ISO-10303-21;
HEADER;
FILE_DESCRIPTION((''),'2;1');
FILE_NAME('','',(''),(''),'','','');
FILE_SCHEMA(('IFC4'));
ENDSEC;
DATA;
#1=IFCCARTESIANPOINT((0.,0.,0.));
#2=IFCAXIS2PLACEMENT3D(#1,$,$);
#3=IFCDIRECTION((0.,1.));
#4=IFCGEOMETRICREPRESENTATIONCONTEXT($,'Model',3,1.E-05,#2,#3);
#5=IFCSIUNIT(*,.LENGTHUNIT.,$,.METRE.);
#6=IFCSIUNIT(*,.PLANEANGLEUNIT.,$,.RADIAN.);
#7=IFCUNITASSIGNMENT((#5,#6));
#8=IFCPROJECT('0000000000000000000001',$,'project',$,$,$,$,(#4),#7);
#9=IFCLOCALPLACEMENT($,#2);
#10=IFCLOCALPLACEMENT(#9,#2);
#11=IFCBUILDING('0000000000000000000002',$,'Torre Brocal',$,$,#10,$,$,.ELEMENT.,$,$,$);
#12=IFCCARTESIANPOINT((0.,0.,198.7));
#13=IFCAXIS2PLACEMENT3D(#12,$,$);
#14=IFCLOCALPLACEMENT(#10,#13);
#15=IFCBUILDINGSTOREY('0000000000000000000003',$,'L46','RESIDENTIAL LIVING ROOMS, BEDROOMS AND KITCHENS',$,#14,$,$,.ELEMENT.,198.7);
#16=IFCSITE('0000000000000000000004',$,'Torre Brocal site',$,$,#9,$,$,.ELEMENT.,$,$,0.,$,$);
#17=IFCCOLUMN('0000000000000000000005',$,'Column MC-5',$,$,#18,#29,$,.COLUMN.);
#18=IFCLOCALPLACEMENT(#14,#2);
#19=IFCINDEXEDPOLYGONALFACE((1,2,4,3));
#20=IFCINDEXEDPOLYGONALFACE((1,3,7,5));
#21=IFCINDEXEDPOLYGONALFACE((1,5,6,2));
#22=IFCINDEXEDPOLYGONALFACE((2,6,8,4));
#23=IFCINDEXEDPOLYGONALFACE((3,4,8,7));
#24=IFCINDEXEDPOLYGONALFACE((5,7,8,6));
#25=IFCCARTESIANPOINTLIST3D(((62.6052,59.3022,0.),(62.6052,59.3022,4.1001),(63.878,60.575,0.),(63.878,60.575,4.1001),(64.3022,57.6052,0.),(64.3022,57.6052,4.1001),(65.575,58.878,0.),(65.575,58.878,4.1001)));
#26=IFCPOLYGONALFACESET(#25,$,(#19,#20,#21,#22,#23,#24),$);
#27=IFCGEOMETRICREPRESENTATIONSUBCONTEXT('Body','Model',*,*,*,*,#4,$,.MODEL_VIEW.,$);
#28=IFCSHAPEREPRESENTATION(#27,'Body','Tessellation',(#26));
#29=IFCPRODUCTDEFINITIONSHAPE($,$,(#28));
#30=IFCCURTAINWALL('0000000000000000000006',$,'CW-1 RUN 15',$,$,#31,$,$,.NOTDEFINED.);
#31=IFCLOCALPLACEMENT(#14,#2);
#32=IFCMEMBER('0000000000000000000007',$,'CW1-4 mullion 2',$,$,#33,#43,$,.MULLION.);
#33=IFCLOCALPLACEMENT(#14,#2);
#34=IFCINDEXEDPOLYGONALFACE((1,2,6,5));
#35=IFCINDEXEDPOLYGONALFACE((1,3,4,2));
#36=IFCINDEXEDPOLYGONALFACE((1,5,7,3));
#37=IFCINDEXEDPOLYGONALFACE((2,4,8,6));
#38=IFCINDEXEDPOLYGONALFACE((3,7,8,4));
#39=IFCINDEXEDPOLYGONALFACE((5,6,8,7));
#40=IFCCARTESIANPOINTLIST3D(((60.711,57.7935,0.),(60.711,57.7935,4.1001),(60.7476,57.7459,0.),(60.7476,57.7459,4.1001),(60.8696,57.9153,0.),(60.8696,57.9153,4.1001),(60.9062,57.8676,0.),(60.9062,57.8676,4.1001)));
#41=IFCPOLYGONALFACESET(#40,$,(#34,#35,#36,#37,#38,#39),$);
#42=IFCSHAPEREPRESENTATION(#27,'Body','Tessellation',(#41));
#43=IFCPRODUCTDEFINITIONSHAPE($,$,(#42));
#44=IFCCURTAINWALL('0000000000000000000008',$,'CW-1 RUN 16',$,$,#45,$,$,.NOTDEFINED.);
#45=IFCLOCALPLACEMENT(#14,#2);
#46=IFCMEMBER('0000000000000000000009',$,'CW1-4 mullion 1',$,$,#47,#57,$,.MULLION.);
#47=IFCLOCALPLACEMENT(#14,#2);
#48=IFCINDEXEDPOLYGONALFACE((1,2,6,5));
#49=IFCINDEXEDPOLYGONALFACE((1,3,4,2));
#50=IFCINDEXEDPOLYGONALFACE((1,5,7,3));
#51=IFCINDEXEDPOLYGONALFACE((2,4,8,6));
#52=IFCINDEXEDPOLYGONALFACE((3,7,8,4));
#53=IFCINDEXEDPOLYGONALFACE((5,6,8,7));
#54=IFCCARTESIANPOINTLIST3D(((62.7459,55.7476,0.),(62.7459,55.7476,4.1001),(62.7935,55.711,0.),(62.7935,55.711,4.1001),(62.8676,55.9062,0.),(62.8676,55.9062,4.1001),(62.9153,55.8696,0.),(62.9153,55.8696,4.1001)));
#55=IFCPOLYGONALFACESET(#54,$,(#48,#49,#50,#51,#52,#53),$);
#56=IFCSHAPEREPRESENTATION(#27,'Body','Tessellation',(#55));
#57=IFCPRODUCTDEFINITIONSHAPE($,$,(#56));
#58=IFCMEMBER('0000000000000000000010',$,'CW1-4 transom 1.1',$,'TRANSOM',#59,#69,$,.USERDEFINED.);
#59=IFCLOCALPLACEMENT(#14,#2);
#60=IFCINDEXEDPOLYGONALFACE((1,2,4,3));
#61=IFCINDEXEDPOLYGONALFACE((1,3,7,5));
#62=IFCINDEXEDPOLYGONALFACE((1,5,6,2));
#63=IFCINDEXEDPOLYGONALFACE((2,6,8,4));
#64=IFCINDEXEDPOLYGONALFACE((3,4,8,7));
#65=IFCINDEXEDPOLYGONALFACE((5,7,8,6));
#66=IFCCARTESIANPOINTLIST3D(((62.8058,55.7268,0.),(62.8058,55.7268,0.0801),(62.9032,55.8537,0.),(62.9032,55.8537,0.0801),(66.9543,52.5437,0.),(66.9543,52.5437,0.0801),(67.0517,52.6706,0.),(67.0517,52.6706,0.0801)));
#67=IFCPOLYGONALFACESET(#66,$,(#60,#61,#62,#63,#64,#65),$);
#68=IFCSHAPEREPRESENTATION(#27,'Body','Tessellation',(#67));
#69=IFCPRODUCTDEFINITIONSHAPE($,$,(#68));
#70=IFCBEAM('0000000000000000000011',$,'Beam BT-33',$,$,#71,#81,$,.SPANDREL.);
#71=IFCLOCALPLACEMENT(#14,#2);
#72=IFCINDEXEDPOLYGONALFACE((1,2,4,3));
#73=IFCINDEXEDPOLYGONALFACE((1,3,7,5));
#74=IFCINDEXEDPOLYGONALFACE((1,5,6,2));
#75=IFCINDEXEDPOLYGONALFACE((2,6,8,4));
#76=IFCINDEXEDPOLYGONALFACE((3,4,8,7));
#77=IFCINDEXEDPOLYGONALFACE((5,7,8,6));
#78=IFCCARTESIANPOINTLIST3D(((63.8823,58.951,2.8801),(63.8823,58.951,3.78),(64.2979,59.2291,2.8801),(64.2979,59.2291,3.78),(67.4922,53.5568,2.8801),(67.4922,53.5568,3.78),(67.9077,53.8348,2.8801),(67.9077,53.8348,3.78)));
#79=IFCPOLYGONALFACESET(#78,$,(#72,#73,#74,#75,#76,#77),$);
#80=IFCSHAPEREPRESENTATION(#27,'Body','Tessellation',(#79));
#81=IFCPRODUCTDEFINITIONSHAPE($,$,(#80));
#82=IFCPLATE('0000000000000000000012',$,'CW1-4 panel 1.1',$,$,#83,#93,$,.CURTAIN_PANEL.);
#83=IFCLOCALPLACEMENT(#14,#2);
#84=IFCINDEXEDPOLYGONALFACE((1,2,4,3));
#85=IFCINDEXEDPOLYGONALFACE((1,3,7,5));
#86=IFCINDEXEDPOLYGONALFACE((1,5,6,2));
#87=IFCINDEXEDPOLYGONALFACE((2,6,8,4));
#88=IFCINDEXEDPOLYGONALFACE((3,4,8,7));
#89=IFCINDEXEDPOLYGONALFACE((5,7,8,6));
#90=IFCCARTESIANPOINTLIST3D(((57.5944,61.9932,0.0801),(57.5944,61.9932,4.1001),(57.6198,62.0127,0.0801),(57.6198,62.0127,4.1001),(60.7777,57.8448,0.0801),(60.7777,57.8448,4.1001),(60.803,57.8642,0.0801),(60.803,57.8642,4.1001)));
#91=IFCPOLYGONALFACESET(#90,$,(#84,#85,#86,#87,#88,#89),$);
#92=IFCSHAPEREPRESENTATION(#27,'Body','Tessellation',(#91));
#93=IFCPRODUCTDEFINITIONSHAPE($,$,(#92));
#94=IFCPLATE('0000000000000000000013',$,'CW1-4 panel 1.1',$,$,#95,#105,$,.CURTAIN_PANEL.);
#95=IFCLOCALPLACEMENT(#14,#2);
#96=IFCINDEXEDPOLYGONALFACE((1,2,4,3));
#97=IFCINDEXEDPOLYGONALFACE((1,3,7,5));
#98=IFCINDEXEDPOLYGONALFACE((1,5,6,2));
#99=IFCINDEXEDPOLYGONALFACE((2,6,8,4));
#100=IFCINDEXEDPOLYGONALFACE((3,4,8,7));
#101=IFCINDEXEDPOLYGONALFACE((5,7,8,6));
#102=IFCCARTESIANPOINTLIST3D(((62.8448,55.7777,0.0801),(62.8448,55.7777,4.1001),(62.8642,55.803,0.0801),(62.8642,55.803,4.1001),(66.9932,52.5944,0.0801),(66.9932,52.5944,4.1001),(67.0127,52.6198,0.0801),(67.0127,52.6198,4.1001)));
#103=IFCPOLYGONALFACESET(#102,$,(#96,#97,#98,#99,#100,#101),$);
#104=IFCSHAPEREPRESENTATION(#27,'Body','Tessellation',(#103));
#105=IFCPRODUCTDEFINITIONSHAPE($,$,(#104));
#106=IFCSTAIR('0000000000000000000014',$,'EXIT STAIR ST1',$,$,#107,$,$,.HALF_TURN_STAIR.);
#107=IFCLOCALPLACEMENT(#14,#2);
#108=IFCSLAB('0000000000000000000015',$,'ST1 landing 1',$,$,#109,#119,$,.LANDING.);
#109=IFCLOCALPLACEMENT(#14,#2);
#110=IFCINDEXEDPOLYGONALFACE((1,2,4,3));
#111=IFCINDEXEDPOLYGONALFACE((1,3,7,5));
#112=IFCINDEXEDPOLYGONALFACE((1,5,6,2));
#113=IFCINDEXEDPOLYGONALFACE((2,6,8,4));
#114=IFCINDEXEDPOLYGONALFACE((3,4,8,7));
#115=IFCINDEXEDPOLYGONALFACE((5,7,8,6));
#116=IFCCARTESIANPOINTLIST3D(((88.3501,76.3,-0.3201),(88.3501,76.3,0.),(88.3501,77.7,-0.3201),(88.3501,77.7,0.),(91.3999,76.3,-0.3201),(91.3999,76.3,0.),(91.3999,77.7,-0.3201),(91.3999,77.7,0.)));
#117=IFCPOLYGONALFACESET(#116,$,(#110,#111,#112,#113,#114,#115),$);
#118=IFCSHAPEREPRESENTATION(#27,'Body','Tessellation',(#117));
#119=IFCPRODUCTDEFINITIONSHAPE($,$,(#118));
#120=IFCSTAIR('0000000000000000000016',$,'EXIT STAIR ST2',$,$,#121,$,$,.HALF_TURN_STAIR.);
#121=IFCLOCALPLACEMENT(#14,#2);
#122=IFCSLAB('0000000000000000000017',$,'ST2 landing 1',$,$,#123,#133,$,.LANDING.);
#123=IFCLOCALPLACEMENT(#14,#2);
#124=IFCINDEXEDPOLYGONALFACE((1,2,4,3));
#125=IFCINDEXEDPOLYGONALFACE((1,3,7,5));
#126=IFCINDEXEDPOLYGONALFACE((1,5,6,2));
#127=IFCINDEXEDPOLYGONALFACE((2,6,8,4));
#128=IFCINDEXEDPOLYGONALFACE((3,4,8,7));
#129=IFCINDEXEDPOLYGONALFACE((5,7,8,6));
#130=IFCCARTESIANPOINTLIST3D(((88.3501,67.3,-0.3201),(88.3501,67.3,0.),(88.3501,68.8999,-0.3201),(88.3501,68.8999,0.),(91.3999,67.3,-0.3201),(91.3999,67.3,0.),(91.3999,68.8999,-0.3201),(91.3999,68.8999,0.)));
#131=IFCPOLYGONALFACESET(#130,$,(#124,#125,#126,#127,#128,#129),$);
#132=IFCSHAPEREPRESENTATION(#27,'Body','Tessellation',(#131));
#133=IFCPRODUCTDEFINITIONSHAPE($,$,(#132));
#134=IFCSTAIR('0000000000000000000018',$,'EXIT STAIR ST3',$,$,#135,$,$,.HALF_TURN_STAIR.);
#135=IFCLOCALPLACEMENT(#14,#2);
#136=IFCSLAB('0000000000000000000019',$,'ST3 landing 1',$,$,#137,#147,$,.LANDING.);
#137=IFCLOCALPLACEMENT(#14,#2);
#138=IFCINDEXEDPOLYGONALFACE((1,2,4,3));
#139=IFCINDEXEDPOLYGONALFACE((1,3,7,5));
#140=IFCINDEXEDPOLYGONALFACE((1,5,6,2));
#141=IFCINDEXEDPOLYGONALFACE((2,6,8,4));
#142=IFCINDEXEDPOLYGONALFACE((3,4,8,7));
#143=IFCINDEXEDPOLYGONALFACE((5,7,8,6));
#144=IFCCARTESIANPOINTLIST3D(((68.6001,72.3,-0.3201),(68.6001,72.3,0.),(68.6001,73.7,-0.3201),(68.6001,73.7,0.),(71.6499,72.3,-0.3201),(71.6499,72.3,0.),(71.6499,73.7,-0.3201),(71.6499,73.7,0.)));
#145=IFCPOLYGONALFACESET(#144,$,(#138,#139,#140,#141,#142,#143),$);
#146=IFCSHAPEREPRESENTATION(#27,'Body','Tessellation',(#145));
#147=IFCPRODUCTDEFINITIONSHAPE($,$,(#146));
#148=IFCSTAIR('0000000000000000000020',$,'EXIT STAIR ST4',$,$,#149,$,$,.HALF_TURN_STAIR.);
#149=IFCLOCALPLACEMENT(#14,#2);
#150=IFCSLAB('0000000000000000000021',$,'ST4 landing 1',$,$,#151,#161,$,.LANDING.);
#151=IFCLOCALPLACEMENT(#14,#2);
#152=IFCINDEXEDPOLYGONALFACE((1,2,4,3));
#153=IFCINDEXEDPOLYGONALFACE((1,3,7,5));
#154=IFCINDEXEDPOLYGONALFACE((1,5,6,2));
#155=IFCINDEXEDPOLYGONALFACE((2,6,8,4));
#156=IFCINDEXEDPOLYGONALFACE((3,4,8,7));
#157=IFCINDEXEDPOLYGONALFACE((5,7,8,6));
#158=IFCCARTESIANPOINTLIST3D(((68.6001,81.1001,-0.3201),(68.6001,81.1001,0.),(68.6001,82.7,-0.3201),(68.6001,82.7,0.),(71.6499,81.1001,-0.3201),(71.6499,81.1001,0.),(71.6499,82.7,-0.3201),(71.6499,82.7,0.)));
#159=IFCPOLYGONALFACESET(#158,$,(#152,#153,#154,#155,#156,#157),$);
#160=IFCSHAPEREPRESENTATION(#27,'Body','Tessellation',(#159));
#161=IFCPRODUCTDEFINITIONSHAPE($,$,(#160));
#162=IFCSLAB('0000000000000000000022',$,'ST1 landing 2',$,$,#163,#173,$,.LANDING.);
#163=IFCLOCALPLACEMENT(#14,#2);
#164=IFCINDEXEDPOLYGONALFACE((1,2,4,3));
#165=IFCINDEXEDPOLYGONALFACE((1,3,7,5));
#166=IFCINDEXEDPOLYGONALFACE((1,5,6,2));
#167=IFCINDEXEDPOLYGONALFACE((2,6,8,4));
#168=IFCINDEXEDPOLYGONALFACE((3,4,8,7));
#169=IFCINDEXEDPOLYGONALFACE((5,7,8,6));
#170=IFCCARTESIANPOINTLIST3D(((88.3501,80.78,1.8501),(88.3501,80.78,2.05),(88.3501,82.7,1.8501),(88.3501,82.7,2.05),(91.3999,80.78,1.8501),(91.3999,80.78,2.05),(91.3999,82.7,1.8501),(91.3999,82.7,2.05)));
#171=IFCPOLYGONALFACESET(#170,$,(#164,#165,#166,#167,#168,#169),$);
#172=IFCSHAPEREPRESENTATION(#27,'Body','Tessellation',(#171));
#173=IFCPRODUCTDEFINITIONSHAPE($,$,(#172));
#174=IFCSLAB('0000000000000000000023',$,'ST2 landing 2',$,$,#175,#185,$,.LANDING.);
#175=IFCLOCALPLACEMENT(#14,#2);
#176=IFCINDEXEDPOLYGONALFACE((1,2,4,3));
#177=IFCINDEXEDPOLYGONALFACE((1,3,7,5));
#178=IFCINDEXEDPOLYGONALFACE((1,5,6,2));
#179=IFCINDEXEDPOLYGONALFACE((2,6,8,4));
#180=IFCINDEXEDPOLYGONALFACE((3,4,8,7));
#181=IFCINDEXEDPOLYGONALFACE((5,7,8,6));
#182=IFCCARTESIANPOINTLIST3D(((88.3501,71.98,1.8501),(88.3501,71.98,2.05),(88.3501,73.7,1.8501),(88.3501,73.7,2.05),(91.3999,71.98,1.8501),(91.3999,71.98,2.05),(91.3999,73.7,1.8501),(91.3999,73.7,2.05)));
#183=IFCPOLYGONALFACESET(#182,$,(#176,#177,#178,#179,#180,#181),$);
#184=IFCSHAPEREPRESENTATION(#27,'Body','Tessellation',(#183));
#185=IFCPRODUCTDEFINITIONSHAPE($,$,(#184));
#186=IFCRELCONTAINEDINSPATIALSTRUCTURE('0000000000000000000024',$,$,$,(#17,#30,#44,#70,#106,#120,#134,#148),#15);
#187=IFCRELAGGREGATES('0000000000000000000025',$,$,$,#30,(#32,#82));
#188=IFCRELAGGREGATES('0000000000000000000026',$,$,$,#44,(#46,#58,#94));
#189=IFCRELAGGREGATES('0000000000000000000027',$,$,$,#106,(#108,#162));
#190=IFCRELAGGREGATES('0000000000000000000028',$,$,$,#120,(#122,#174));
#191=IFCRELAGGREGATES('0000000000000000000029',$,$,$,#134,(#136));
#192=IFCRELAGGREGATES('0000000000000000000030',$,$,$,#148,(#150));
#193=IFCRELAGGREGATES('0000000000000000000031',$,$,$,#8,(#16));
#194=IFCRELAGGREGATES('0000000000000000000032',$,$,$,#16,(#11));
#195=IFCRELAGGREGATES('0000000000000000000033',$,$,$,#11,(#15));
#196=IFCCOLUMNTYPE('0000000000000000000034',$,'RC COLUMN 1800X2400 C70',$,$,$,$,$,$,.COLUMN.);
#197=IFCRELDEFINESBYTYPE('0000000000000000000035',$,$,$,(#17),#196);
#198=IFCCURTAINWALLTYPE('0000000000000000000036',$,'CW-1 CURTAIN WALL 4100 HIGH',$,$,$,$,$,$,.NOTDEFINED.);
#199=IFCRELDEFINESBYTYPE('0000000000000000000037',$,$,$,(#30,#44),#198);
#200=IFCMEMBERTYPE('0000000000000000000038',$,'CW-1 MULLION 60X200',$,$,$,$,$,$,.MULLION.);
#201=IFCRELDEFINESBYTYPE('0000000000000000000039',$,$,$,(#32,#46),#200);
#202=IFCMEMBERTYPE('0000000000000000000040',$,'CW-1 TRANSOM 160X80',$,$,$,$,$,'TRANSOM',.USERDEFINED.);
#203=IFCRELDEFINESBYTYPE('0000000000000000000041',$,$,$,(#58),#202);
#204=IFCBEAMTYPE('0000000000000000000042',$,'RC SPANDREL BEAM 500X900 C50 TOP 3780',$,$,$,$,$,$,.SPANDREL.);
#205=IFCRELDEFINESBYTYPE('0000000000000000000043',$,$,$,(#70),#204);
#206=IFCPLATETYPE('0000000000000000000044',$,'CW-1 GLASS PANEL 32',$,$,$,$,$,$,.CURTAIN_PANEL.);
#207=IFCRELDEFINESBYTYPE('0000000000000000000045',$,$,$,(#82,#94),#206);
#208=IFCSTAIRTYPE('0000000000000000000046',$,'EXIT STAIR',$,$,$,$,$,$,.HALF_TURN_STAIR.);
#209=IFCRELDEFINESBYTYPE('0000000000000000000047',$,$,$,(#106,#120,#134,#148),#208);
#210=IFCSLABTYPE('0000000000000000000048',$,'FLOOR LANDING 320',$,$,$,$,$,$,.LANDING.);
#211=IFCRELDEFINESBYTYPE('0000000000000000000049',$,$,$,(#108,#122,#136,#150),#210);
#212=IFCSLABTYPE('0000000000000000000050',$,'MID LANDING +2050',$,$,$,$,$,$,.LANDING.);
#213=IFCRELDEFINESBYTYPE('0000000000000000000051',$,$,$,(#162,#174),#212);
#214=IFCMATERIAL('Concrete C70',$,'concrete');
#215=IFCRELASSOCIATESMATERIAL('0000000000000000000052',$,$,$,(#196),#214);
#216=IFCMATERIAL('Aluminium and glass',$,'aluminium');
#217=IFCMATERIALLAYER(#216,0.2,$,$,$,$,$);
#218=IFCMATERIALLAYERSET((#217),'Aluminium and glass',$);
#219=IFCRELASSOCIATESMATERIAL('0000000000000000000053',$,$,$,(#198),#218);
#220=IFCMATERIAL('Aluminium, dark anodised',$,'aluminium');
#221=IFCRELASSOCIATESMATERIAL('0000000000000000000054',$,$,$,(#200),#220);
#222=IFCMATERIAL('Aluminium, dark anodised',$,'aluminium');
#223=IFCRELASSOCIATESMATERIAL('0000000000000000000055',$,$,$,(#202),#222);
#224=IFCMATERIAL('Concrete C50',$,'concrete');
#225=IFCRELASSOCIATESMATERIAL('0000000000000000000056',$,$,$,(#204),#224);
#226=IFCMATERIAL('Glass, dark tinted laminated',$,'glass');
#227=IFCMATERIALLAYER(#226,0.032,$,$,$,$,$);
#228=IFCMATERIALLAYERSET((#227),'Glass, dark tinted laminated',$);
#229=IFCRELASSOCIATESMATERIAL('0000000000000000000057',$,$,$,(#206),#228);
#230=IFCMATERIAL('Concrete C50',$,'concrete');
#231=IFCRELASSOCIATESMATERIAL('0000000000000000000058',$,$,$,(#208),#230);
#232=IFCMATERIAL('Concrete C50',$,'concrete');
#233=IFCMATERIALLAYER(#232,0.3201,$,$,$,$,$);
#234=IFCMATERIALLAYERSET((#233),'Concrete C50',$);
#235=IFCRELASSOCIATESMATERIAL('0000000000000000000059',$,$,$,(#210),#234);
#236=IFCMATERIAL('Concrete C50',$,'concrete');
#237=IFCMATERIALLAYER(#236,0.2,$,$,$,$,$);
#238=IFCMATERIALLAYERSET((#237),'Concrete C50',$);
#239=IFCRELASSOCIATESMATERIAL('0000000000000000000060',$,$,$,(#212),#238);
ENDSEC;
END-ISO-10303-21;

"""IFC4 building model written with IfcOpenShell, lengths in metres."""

from ifc_helpers import new_model, si_unit, direction, frame, origin, origin_2d, place, context, subcontext, project, spatial, polyline, rectangle, outline, extrude, material, layer, layer_set, material_profile, profile_set, type_object, element, aggregate, save


model = new_model("IFC4")

# Units and contexts
model_context = context("Model", 3, precision=1e-05, world=origin(), true_north=direction((0.0, 1.0)))
body_context = subcontext(model_context, "Body", "Model", "MODEL_VIEW")
ifc_project = project(units=[si_unit("LENGTHUNIT", "METRE"), si_unit("PLANEANGLEUNIT", "RADIAN")], contexts=[model_context])

# Site, building, storey
site_placement = place(None, origin())
site = spatial("IfcSite", under=ifc_project, at=site_placement, Name="Torre Brocal site", CompositionType="ELEMENT", RefElevation=0.0)
building_placement = place(site_placement, origin())
building = spatial("IfcBuilding", under=site, at=building_placement, Name="Torre Brocal", CompositionType="ELEMENT")
storey_placement = place(building_placement, frame((0.0, 0.0, 198.7)))
storey = spatial("IfcBuildingStorey", under=building, at=storey_placement, Name="L46", Description="RESIDENTIAL LIVING ROOMS, BEDROOMS AND KITCHENS", CompositionType="ELEMENT", Elevation=198.7)

# Column
ifc_material_1 = material(Name="Concrete C70", Category="concrete")
ifc_material_profile_1 = material_profile(ifc_material_1, rectangle(XDim=1.8, YDim=2.3999, at=origin_2d()), Name="RC 1800X2400")
ifc_profile_set_1 = profile_set([ifc_material_profile_1], Name="Concrete C70")
column_type = type_object("IfcColumnType", Name="RC COLUMN 1800X2400 C70", PredefinedType="COLUMN", material=ifc_profile_set_1)
column_placement = place(storey_placement, frame((64.0901, 59.0901, 0.0), z_axis=(0.0, 0.0, 1.0), x_axis=(-0.707107, -0.707107, 0.0)))
element("IfcColumn", 1, at=column_placement, inside=storey, type_object=column_type, Name="Column MC-5", PredefinedType="COLUMN", context=body_context, shape_type="SweptSolid", body=[
    extrude(rectangle(XDim=1.8, YDim=2.3999, at=origin_2d()), origin(), (0.0, 0.0, 1.0), 4.1001),
])

# Curtain wall, member
ifc_material_2 = material(Name="Aluminium and glass", Category="aluminium")
ifc_layer_1 = layer(ifc_material_2, 0.2)
ifc_layer_set_1 = layer_set([ifc_layer_1], Name="Aluminium and glass")
curtain_wall_type = type_object("IfcCurtainWallType", Name="CW-1 CURTAIN WALL 4100 HIGH", PredefinedType="NOTDEFINED", material=ifc_layer_set_1)
curtain_wall_1_placement = place(storey_placement, origin())
curtain_wall_1 = element("IfcCurtainWall", 2, at=curtain_wall_1_placement, inside=storey, type_object=curtain_wall_type, Name="CW-1 RUN 15", PredefinedType="NOTDEFINED")
ifc_material_3 = material(Name="Aluminium, dark anodised", Category="aluminium")
ifc_material_profile_2 = material_profile(ifc_material_3, rectangle(XDim=0.2, YDim=0.0601, at=origin_2d()), Name="CW-1 MULLION 60X200")
ifc_profile_set_2 = profile_set([ifc_material_profile_2], Name="Aluminium, dark anodised")
member_type_1 = type_object("IfcMemberType", Name="CW-1 MULLION 60X200", PredefinedType="MULLION", material=ifc_profile_set_2)
member_1_placement = place(storey_placement, frame((60.8086, 57.8306, 0.0), z_axis=(0.0, 0.0, 1.0), x_axis=(0.793353, 0.608761, 0.0)))
member_1 = element("IfcMember", 3, at=member_1_placement, type_object=member_type_1, Name="CW1-4 mullion 2", PredefinedType="MULLION", context=body_context, shape_type="SweptSolid", body=[
    extrude(rectangle(XDim=0.2, YDim=0.0601, at=origin_2d()), origin(), (0.0, 0.0, 1.0), 4.1001),
])

# Curtain wall, members
curtain_wall_2_placement = place(storey_placement, origin())
curtain_wall_2 = element("IfcCurtainWall", 4, at=curtain_wall_2_placement, inside=storey, type_object=curtain_wall_type, Name="CW-1 RUN 16", PredefinedType="NOTDEFINED")
member_2_placement = place(storey_placement, frame((62.8306, 55.8086, 0.0), z_axis=(0.0, 0.0, 1.0), x_axis=(0.608761, 0.793353, 0.0)))
member_2 = element("IfcMember", 5, at=member_2_placement, type_object=member_type_1, Name="CW1-4 mullion 1", PredefinedType="MULLION", context=body_context, shape_type="SweptSolid", body=[
    extrude(rectangle(XDim=0.2, YDim=0.0601, at=origin_2d()), origin(), (0.0, 0.0, 1.0), 4.1001),
])
ifc_material_4 = material(Name="Aluminium, dark anodised", Category="aluminium")
ifc_material_profile_3 = material_profile(ifc_material_4, rectangle(XDim=0.1599, YDim=0.0801, at=origin_2d()), Name="CW-1 TRANSOM 160X80")
ifc_profile_set_3 = profile_set([ifc_material_profile_3], Name="Aluminium, dark anodised")
member_type_2 = type_object("IfcMemberType", Name="CW-1 TRANSOM 160X80", ElementType="TRANSOM", PredefinedType="USERDEFINED", material=ifc_profile_set_3)
member_3_placement = place(storey_placement, frame((62.8545, 55.7903, 0.04), z_axis=(0.793363, -0.608749, 0.0), x_axis=(0.608749, 0.793363, 0.0)))
member_3 = element("IfcMember", 6, at=member_3_placement, type_object=member_type_2, Name="CW1-4 transom 1.1", ObjectType="TRANSOM", PredefinedType="USERDEFINED", context=body_context, shape_type="SweptSolid", body=[
    extrude(rectangle(XDim=0.1599, YDim=0.0801, at=origin_2d()), origin(), (0.0, 0.0, 1.0), 5.229),
])

# Beam
ifc_material_5 = material(Name="Concrete C50", Category="concrete")
ifc_material_profile_4 = material_profile(ifc_material_5, rectangle(XDim=0.5, YDim=0.8999, at=origin_2d()), Name="RC 500X900")
ifc_profile_set_4 = profile_set([ifc_material_profile_4], Name="Concrete C50")
beam_type = type_object("IfcBeamType", Name="RC SPANDREL BEAM 500X900 C50 TOP 3780", PredefinedType="SPANDREL", material=ifc_profile_set_4)
beam_placement = place(storey_placement, frame((64.0901, 59.0901, 3.3301), z_axis=(0.556158, -0.831077, 0.0), x_axis=(0.831077, 0.556158, 0.0)))
element("IfcBeam", 7, at=beam_placement, inside=storey, type_object=beam_type, Name="Beam BT-33", PredefinedType="SPANDREL", context=body_context, shape_type="SweptSolid", body=[
    extrude(rectangle(XDim=0.5, YDim=0.8999, at=origin_2d()), origin(), (0.0, 0.0, 1.0), 6.4907),
])

# Plates
ifc_material_6 = material(Name="Glass, dark tinted laminated", Category="glass")
ifc_layer_2 = layer(ifc_material_6, 0.032)
ifc_layer_set_2 = layer_set([ifc_layer_2], Name="Glass, dark tinted laminated")
plate_type = type_object("IfcPlateType", Name="CW-1 GLASS PANEL 32", PredefinedType="CURTAIN_PANEL", material=ifc_layer_set_2)
plate_1_placement = place(storey_placement, frame((59.1987, 59.9287, 0.0801), z_axis=(0.0, 0.0, 1.0), x_axis=(0.608761, -0.793353, 0.0)))
plate_1 = element("IfcPlate", 8, at=plate_1_placement, type_object=plate_type, Name="CW1-4 panel 1.1", PredefinedType="CURTAIN_PANEL", context=body_context, shape_type="SweptSolid", body=[
    extrude(rectangle(XDim=5.229, YDim=0.032, at=origin_2d()), origin(), (0.0, 0.0, 1.0), 4.02),
])
aggregate(curtain_wall_1, [member_1, plate_1])
plate_2_placement = place(storey_placement, frame((64.9287, 54.1987, 0.0801), z_axis=(0.0, 0.0, 1.0), x_axis=(0.793353, -0.608761, 0.0)))
plate_2 = element("IfcPlate", 9, at=plate_2_placement, type_object=plate_type, Name="CW1-4 panel 1.1", PredefinedType="CURTAIN_PANEL", context=body_context, shape_type="SweptSolid", body=[
    extrude(rectangle(XDim=5.229, YDim=0.032, at=origin_2d()), origin(), (0.0, 0.0, 1.0), 4.02),
])
aggregate(curtain_wall_2, [member_2, member_3, plate_2])

# Stairs, slabs
ifc_material_7 = material(Name="Concrete C50", Category="concrete")
stair_type = type_object("IfcStairType", Name="EXIT STAIR", PredefinedType="HALF_TURN_STAIR", material=ifc_material_7)
stair_1_placement = place(storey_placement, origin())
stair_1 = element("IfcStair", 10, at=stair_1_placement, inside=storey, type_object=stair_type, Name="EXIT STAIR ST1", PredefinedType="HALF_TURN_STAIR")
ifc_material_8 = material(Name="Concrete C50", Category="concrete")
ifc_layer_3 = layer(ifc_material_8, 0.3201)
ifc_layer_set_3 = layer_set([ifc_layer_3], Name="Concrete C50")
slab_type_1 = type_object("IfcSlabType", Name="FLOOR LANDING 320", PredefinedType="LANDING", material=ifc_layer_set_3)
slab_1_placement = place(storey_placement, frame((0.0, 0.0, -0.3201)))
slab_1 = element("IfcSlab", 11, at=slab_1_placement, type_object=slab_type_1, Name="ST1 landing 1", PredefinedType="LANDING", context=body_context, shape_type="SweptSolid", body=[
    extrude(outline(polyline([(88.3501, 76.3), (91.3999, 76.3), (91.3999, 77.7), (88.3501, 77.7), (88.3501, 76.3)])), origin(), (0.0, 0.0, 1.0), 0.3201),
])
stair_2_placement = place(storey_placement, origin())
stair_2 = element("IfcStair", 12, at=stair_2_placement, inside=storey, type_object=stair_type, Name="EXIT STAIR ST2", PredefinedType="HALF_TURN_STAIR")
slab_2_placement = place(storey_placement, frame((0.0, 0.0, -0.3201)))
slab_2 = element("IfcSlab", 13, at=slab_2_placement, type_object=slab_type_1, Name="ST2 landing 1", PredefinedType="LANDING", context=body_context, shape_type="SweptSolid", body=[
    extrude(outline(polyline([(88.3501, 67.3), (91.3999, 67.3), (91.3999, 68.8999), (88.3501, 68.8999), (88.3501, 67.3)])), origin(), (0.0, 0.0, 1.0), 0.3201),
])
stair_3_placement = place(storey_placement, origin())
stair_3 = element("IfcStair", 14, at=stair_3_placement, inside=storey, type_object=stair_type, Name="EXIT STAIR ST3", PredefinedType="HALF_TURN_STAIR")
slab_3_placement = place(storey_placement, frame((0.0, 0.0, -0.3201)))
slab_3 = element("IfcSlab", 15, at=slab_3_placement, type_object=slab_type_1, Name="ST3 landing 1", PredefinedType="LANDING", context=body_context, shape_type="SweptSolid", body=[
    extrude(outline(polyline([(71.6499, 73.7), (68.6001, 73.7), (68.6001, 72.3), (71.6499, 72.3), (71.6499, 73.7)])), origin(), (0.0, 0.0, 1.0), 0.3201),
])
stair_4_placement = place(storey_placement, origin())
stair_4 = element("IfcStair", 16, at=stair_4_placement, inside=storey, type_object=stair_type, Name="EXIT STAIR ST4", PredefinedType="HALF_TURN_STAIR")
slab_4_placement = place(storey_placement, frame((0.0, 0.0, -0.3201)))
slab_4 = element("IfcSlab", 17, at=slab_4_placement, type_object=slab_type_1, Name="ST4 landing 1", PredefinedType="LANDING", context=body_context, shape_type="SweptSolid", body=[
    extrude(outline(polyline([(71.6499, 82.7), (68.6001, 82.7), (68.6001, 81.1001), (71.6499, 81.1001), (71.6499, 82.7)])), origin(), (0.0, 0.0, 1.0), 0.3201),
])

# Slabs
ifc_material_9 = material(Name="Concrete C50", Category="concrete")
ifc_layer_4 = layer(ifc_material_9, 0.2)
ifc_layer_set_4 = layer_set([ifc_layer_4], Name="Concrete C50")
slab_type_2 = type_object("IfcSlabType", Name="MID LANDING +2050", PredefinedType="LANDING", material=ifc_layer_set_4)
slab_5_placement = place(storey_placement, frame((0.0, 0.0, 1.8501)))
slab_5 = element("IfcSlab", 18, at=slab_5_placement, type_object=slab_type_2, Name="ST1 landing 2", PredefinedType="LANDING", context=body_context, shape_type="SweptSolid", body=[
    extrude(outline(polyline([(88.3501, 80.78), (91.3999, 80.78), (91.3999, 82.7), (88.3501, 82.7), (88.3501, 80.78)])), origin(), (0.0, 0.0, 1.0), 0.2),
])
aggregate(stair_1, [slab_1, slab_5])
slab_6_placement = place(storey_placement, frame((0.0, 0.0, 1.8501)))
slab_6 = element("IfcSlab", 19, at=slab_6_placement, type_object=slab_type_2, Name="ST2 landing 2", PredefinedType="LANDING", context=body_context, shape_type="SweptSolid", body=[
    extrude(outline(polyline([(88.3501, 71.98), (91.3999, 71.98), (91.3999, 73.7), (88.3501, 73.7), (88.3501, 71.98)])), origin(), (0.0, 0.0, 1.0), 0.2),
])
aggregate(stair_2, [slab_2, slab_6])
aggregate(stair_3, [slab_3])
aggregate(stair_4, [slab_4])

save(model, "model.ifc")
